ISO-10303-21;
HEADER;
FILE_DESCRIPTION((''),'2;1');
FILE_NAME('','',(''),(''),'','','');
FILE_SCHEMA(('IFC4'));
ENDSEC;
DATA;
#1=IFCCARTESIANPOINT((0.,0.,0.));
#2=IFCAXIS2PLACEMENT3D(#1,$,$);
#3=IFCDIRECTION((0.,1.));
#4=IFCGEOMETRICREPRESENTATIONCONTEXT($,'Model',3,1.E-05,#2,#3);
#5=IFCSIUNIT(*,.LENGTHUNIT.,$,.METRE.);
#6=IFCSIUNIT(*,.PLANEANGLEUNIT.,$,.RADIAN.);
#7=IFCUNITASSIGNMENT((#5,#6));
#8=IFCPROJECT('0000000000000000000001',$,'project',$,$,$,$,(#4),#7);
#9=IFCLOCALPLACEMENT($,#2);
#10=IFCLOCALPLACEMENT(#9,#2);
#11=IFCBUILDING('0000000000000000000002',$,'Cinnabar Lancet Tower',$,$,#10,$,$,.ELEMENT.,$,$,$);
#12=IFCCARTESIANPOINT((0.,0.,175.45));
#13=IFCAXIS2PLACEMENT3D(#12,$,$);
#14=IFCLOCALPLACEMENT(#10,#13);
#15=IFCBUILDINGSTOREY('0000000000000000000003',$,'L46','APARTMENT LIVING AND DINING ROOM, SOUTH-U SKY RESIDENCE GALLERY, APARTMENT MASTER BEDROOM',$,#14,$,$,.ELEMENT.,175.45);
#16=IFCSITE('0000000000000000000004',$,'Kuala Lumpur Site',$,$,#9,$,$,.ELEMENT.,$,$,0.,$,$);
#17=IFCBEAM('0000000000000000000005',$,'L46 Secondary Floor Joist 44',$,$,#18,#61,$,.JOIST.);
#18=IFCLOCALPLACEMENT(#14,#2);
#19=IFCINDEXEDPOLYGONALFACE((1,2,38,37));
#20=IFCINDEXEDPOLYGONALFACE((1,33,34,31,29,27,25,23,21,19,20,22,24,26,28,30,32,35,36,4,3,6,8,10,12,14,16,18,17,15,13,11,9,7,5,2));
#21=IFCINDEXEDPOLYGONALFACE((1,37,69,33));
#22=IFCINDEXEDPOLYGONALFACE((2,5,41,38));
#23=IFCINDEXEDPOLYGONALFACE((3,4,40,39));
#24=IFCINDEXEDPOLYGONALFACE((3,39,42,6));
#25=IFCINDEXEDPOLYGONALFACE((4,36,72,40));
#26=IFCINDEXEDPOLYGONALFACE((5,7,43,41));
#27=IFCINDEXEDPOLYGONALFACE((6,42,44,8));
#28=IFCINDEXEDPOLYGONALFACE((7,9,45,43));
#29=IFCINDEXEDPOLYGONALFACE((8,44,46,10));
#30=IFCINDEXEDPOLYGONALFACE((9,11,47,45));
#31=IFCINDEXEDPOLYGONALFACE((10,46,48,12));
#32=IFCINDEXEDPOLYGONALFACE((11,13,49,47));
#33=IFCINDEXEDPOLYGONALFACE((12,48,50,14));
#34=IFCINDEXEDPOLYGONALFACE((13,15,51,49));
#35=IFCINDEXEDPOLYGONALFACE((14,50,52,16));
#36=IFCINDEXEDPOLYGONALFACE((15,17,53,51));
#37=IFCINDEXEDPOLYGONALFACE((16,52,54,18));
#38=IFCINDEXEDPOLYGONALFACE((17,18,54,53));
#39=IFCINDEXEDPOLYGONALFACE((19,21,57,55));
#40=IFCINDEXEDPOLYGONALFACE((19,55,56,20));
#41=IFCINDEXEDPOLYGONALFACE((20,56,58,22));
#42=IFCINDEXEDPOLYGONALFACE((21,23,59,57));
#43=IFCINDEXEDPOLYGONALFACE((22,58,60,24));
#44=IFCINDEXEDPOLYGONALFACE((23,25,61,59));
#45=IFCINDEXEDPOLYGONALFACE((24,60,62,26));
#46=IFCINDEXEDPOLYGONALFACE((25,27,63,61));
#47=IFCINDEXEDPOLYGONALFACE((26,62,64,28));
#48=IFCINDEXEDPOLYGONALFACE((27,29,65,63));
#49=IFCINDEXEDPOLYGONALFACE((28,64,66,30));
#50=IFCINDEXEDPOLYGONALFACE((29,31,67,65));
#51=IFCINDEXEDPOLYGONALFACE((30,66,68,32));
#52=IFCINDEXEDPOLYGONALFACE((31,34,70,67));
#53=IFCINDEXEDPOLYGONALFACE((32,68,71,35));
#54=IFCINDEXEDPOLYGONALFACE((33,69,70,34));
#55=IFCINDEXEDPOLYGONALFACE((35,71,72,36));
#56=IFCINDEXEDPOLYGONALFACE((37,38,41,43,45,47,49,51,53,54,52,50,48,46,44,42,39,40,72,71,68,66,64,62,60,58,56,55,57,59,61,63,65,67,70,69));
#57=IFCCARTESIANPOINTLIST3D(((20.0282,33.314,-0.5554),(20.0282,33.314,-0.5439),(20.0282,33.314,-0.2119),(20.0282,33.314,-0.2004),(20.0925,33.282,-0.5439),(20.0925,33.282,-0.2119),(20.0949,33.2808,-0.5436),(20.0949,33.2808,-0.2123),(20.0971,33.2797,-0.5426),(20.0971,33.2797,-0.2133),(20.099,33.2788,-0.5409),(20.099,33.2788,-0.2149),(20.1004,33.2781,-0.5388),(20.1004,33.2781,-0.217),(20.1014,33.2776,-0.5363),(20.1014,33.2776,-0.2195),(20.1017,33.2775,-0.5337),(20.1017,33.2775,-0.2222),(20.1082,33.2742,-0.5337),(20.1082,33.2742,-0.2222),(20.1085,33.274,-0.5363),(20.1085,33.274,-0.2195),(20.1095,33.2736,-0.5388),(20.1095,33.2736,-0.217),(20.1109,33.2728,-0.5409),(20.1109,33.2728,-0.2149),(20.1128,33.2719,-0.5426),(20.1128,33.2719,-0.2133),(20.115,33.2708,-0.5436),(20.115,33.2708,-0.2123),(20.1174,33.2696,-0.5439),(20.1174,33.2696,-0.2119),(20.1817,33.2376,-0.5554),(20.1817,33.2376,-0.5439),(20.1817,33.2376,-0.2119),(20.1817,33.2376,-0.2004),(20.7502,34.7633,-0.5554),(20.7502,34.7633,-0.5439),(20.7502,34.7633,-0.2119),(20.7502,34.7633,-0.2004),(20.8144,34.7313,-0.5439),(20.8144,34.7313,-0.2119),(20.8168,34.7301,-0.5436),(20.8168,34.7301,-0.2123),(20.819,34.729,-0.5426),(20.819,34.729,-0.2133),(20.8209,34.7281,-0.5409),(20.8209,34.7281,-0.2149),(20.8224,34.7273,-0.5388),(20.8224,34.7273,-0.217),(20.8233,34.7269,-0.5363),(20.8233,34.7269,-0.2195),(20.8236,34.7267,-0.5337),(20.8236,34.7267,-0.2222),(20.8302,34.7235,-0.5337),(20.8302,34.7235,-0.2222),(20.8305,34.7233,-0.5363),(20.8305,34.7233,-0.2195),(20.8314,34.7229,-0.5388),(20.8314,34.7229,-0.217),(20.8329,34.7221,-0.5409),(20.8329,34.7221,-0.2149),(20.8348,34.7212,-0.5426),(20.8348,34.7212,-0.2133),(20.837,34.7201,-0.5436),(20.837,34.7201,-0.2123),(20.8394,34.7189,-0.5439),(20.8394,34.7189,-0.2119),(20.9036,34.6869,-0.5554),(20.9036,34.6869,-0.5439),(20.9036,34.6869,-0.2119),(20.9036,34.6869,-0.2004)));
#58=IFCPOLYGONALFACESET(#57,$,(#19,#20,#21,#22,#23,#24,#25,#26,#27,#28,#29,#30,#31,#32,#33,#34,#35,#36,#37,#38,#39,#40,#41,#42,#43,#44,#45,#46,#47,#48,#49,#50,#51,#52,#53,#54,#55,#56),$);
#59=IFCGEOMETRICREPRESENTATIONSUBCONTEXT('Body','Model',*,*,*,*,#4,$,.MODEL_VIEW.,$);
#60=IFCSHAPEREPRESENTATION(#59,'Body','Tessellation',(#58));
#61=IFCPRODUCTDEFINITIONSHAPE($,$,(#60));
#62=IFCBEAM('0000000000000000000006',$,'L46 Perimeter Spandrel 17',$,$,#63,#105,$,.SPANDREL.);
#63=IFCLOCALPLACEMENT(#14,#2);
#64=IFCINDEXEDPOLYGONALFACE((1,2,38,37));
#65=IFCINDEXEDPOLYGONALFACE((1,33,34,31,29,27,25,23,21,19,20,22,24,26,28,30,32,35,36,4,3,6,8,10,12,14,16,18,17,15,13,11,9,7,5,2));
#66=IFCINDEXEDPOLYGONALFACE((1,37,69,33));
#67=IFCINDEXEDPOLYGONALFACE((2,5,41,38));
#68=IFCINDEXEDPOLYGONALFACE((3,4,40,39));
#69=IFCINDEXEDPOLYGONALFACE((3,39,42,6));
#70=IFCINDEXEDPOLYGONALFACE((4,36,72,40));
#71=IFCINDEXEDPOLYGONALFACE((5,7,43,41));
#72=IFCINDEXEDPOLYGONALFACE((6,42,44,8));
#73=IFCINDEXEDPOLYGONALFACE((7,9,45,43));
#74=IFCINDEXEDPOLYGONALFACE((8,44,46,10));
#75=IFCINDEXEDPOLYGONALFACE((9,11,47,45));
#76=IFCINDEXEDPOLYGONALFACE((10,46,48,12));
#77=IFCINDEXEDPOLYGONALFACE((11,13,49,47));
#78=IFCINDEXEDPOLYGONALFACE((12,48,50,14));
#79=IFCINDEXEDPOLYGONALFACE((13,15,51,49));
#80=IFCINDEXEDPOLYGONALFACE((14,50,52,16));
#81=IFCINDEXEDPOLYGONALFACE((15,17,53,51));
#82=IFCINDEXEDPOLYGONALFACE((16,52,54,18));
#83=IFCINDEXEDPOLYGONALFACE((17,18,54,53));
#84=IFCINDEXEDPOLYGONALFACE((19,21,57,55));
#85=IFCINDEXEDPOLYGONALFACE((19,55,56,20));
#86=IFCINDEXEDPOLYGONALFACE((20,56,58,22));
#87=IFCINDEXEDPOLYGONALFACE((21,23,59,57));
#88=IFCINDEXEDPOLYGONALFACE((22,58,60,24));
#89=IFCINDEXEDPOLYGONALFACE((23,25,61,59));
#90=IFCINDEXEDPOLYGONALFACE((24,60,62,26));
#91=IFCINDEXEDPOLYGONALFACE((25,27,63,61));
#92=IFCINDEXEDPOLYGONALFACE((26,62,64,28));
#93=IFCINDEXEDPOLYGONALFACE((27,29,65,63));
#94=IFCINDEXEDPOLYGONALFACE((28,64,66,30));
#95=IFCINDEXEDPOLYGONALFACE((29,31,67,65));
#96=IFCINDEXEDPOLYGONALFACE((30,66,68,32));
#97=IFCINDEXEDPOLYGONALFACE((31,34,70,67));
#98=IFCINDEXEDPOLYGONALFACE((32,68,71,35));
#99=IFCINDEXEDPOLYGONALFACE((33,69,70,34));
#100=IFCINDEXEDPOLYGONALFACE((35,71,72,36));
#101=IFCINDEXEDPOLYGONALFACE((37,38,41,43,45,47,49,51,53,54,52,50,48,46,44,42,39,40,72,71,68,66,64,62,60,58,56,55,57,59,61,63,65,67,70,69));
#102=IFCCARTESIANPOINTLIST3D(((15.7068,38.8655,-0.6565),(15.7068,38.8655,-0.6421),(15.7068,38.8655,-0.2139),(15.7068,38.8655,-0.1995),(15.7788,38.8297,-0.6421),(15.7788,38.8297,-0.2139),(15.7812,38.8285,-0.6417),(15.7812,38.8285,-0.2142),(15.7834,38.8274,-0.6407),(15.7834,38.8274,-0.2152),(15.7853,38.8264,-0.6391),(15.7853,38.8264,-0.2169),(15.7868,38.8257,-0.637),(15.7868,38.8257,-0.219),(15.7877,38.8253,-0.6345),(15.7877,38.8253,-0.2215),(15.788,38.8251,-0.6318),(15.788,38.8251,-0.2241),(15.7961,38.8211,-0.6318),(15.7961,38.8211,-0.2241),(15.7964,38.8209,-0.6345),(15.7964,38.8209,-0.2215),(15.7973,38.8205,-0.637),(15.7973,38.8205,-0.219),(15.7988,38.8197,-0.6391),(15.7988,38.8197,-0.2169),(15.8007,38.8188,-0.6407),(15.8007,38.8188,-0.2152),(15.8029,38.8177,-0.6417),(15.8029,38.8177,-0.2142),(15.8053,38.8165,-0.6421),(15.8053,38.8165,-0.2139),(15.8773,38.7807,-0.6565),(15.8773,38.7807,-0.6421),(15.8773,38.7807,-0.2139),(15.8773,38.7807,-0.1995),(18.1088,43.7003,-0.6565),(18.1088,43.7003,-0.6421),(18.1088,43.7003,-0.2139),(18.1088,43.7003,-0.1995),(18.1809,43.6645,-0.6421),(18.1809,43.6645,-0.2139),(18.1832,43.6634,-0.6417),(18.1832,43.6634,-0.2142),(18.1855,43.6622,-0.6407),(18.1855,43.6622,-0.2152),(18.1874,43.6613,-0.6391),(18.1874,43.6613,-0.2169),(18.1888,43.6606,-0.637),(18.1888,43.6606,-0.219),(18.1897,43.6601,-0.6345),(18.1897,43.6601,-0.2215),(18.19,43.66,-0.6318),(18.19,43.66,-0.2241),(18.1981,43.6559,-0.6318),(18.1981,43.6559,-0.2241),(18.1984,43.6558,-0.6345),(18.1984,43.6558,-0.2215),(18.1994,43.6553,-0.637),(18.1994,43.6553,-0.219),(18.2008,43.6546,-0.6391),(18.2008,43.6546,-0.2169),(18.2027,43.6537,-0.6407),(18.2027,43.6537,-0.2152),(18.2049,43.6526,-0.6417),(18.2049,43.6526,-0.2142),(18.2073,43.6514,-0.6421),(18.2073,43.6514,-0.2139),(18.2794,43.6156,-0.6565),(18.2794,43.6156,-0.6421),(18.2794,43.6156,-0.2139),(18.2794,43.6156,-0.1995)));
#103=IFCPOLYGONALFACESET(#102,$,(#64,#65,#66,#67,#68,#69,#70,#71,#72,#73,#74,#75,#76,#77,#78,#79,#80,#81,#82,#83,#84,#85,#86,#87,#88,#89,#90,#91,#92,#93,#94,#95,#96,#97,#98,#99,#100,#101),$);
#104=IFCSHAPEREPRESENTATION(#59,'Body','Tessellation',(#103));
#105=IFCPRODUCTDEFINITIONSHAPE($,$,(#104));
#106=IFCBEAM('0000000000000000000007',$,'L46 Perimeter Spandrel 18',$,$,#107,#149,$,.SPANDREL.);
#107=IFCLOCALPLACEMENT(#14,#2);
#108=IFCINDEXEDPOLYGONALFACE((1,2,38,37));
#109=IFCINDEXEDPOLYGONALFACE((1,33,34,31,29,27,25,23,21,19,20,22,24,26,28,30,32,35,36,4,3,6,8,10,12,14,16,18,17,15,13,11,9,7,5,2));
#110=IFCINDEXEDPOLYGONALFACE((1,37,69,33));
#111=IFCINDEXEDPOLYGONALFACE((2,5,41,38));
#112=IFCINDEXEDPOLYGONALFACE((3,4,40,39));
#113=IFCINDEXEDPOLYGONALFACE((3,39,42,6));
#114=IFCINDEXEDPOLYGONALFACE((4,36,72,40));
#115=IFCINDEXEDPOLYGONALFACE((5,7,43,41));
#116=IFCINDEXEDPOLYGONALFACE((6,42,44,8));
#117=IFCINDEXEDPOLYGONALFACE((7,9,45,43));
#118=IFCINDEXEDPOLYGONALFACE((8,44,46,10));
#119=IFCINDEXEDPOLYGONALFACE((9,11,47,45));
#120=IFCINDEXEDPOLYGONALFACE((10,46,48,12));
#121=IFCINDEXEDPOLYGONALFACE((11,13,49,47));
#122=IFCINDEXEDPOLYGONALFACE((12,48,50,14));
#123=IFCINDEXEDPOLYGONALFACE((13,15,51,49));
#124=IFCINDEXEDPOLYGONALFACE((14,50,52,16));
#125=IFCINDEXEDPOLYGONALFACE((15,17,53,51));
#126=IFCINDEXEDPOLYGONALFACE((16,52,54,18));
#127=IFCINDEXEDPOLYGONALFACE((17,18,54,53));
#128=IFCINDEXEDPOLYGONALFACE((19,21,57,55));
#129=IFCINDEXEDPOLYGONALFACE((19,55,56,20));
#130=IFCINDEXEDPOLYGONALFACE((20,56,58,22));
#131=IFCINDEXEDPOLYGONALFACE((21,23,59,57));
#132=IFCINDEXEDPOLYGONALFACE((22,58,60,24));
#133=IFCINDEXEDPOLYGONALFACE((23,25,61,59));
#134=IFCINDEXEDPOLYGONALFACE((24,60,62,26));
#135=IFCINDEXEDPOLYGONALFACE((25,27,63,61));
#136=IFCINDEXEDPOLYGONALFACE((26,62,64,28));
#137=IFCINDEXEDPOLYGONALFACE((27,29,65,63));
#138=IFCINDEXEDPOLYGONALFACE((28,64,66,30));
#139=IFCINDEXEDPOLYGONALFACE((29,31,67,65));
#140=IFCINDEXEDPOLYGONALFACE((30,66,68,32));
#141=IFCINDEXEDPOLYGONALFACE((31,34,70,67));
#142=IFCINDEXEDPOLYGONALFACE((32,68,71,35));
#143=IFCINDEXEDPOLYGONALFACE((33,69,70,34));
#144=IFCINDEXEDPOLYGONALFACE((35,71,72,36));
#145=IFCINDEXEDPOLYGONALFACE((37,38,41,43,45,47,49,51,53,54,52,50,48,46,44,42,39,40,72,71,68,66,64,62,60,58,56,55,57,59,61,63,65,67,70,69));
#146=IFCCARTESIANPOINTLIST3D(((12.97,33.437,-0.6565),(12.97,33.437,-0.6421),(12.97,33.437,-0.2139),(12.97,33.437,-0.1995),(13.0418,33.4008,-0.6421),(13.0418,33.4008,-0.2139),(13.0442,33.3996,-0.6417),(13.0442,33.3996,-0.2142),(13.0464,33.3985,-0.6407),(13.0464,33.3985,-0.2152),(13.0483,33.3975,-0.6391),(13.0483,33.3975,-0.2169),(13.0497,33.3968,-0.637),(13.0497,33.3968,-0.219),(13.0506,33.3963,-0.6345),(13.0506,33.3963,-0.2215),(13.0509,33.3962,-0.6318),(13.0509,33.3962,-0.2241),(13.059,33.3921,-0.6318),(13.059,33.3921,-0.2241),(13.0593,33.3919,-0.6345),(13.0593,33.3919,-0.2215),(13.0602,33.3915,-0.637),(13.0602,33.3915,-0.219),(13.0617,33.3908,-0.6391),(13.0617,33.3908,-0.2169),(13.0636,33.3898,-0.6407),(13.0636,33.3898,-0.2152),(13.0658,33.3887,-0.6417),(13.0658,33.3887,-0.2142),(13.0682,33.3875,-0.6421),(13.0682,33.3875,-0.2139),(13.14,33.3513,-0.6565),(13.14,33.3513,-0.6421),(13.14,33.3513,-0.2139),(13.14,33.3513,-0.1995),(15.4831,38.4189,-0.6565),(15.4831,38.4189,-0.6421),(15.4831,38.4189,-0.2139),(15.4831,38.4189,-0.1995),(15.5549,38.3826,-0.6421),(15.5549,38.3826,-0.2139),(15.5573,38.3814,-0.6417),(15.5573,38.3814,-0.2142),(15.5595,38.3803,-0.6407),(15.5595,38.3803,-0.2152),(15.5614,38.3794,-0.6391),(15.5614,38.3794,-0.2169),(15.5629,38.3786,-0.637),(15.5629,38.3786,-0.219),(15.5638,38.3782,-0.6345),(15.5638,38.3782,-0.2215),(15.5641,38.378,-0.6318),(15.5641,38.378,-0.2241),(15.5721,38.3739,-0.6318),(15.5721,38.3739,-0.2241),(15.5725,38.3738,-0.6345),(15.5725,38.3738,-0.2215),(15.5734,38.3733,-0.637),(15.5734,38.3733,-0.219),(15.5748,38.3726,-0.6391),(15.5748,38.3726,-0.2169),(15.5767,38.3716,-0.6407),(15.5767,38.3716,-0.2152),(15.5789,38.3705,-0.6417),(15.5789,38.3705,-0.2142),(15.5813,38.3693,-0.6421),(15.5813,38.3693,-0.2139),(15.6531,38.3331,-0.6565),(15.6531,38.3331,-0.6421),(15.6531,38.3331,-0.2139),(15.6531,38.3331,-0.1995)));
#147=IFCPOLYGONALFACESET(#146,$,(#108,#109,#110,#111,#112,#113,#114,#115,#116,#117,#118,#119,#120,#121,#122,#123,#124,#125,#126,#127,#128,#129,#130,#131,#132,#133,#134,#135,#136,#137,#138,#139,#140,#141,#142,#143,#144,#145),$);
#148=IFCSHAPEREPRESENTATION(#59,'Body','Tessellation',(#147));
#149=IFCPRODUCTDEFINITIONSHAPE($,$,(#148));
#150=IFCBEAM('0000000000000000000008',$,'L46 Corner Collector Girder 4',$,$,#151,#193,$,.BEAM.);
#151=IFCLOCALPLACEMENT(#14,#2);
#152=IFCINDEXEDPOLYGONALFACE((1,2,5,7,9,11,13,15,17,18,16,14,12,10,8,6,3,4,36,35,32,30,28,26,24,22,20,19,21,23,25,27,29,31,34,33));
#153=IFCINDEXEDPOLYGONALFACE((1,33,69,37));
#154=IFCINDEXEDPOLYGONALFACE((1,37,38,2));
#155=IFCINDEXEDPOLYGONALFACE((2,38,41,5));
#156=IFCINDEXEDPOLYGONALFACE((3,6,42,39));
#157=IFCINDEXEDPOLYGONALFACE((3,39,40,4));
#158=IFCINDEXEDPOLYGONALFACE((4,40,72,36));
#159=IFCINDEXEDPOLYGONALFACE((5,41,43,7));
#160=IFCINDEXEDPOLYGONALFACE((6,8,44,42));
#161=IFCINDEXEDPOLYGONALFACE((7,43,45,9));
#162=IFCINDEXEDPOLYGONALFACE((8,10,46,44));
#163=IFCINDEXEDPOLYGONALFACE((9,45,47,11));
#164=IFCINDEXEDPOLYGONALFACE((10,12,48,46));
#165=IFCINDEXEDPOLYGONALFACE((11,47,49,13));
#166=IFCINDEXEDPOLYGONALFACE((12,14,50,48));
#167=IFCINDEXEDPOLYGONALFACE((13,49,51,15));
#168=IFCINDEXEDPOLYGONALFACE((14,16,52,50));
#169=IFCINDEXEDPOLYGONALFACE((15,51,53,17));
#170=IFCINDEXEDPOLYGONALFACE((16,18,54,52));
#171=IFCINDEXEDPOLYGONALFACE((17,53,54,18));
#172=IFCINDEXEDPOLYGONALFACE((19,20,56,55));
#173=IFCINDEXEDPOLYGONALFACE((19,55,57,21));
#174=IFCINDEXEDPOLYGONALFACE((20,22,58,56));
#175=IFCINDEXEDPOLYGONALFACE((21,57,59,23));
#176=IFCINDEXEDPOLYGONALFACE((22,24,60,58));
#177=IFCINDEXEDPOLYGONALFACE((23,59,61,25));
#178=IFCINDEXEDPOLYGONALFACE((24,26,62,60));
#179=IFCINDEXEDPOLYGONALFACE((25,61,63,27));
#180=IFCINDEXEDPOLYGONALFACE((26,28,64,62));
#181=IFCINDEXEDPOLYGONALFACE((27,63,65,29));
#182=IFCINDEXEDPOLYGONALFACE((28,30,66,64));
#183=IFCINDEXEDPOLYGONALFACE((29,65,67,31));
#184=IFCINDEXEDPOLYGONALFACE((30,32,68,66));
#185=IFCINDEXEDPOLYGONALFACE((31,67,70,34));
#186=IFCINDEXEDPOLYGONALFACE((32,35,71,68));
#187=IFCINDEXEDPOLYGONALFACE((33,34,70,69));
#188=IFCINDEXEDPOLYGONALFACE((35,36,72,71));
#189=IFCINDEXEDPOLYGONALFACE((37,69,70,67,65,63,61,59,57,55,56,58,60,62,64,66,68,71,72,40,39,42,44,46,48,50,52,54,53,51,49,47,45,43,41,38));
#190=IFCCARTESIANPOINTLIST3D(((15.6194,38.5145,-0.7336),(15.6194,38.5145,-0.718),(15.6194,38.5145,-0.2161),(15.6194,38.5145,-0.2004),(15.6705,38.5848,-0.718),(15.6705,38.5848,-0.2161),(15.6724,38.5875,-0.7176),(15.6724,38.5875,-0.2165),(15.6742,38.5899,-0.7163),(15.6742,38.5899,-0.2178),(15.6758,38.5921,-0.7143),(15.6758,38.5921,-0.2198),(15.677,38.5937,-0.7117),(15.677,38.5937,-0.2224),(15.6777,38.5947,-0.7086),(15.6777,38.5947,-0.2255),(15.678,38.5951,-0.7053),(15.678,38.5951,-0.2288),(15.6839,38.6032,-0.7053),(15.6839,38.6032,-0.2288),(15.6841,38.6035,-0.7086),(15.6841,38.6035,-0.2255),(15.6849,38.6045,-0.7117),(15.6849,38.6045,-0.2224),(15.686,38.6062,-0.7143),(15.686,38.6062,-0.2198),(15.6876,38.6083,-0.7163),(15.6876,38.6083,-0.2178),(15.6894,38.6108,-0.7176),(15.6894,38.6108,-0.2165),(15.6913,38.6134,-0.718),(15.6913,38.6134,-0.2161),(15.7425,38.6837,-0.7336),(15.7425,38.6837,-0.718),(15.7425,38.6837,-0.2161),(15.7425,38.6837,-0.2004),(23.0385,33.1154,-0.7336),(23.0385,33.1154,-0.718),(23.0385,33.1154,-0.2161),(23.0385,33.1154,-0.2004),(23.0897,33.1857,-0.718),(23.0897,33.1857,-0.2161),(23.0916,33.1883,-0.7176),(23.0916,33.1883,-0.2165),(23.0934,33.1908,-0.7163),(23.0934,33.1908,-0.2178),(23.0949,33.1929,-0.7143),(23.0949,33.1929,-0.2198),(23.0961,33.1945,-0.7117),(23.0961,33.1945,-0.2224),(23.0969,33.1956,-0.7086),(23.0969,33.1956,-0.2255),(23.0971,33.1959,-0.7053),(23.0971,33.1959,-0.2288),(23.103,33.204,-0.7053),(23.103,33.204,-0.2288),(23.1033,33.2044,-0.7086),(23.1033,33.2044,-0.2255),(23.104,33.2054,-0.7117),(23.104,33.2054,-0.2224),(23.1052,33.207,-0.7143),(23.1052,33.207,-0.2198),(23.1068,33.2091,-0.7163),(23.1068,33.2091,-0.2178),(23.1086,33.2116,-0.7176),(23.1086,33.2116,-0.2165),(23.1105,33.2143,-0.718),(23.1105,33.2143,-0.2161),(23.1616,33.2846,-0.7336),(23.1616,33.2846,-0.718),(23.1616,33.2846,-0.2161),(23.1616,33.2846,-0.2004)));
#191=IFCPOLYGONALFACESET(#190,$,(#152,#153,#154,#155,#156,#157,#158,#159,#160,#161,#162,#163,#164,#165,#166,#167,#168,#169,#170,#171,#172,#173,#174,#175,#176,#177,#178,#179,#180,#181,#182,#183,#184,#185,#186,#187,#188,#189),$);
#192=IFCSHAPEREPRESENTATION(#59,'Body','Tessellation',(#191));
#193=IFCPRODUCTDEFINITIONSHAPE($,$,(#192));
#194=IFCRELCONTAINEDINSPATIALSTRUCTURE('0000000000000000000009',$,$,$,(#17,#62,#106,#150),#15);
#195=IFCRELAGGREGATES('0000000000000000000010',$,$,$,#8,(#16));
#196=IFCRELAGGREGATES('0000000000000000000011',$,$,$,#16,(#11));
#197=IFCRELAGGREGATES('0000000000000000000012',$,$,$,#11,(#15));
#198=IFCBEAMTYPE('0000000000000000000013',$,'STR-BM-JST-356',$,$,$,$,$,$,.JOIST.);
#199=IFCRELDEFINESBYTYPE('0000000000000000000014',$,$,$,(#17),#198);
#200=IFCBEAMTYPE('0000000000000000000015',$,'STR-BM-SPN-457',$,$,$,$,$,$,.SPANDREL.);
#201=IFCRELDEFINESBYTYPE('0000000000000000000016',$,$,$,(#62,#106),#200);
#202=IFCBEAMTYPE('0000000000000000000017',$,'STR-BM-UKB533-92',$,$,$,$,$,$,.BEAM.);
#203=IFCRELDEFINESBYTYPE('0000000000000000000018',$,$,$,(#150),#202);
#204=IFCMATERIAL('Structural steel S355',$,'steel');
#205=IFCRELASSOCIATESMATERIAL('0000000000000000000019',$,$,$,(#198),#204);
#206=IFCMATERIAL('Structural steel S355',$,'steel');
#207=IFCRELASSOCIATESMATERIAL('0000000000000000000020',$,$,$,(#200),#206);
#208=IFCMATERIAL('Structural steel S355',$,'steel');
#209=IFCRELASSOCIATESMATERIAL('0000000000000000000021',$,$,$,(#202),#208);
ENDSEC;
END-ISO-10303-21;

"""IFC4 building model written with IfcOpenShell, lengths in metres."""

from ifc_helpers import new_model, si_unit, direction, frame, origin, origin_2d, place, context, subcontext, project, spatial, i_section, extrude, material, material_profile, profile_set, type_object, element, save


model = new_model("IFC4")

# Units and contexts
model_context = context("Model", 3, precision=1e-05, world=origin(), true_north=direction((0.0, 1.0)))
body_context = subcontext(model_context, "Body", "Model", "MODEL_VIEW")
ifc_project = project(units=[si_unit("LENGTHUNIT", "METRE"), si_unit("PLANEANGLEUNIT", "RADIAN")], contexts=[model_context])

# Site, building, storey
site_placement = place(None, origin())
site = spatial("IfcSite", under=ifc_project, at=site_placement, Name="Kuala Lumpur Site", CompositionType="ELEMENT", RefElevation=0.0)
building_placement = place(site_placement, origin())
building = spatial("IfcBuilding", under=site, at=building_placement, Name="Cinnabar Lancet Tower", CompositionType="ELEMENT")
storey_placement = place(building_placement, frame((0.0, 0.0, 175.45)))
storey = spatial("IfcBuildingStorey", under=building, at=storey_placement, Name="L46", Description="APARTMENT LIVING AND DINING ROOM, SOUTH-U SKY RESIDENCE GALLERY, APARTMENT MASTER BEDROOM", CompositionType="ELEMENT", Elevation=175.45)

# Beams
ifc_material_1 = material(Name="Structural steel S355", Category="steel")
ifc_material_profile_1 = material_profile(ifc_material_1, i_section(OverallWidth=0.1714, OverallDepth=0.355, WebThickness=0.0073, FlangeThickness=0.0115, FilletRadius=0.0103, at=origin_2d()), Name="UKB 356x171x51")
ifc_profile_set_1 = profile_set([ifc_material_profile_1], Name="Structural steel S355")
beam_type_1 = type_object("IfcBeamType", Name="STR-BM-JST-356", PredefinedType="JOIST", material=ifc_profile_set_1)
beam_1_placement = place(storey_placement, frame((20.8269, 34.7251, -0.3779), z_axis=(-0.445886, -0.89509, 0.0), x_axis=(0.89509, -0.445886, 0.0)))
element("IfcBeam", 1, at=beam_1_placement, inside=storey, type_object=beam_type_1, Name="L46 Secondary Floor Joist 44", PredefinedType="JOIST", context=body_context, shape_type="SweptSolid", body=[
    extrude(i_section(OverallWidth=0.1714, OverallDepth=0.355, WebThickness=0.0073, FlangeThickness=0.0115, FilletRadius=0.0103, at=origin_2d()), origin(), (0.0, 0.0, 1.0), 1.6191),
])
ifc_material_2 = material(Name="Structural steel S355", Category="steel")
ifc_material_profile_2 = material_profile(ifc_material_2, i_section(OverallWidth=0.1904, OverallDepth=0.457, WebThickness=0.009, FlangeThickness=0.0144, FilletRadius=0.0103, at=origin_2d()), Name="UKB 457x191x74")
ifc_profile_set_2 = profile_set([ifc_material_profile_2], Name="Structural steel S355")
beam_type_2 = type_object("IfcBeamType", Name="STR-BM-SPN-457", PredefinedType="SPANDREL", material=ifc_profile_set_2)
beam_2_placement = place(storey_placement, frame((18.1941, 43.658, -0.428), z_axis=(-0.444933, -0.895564, 0.0), x_axis=(0.895564, -0.444933, 0.0)))
element("IfcBeam", 2, at=beam_2_placement, inside=storey, type_object=beam_type_2, Name="L46 Perimeter Spandrel 17", PredefinedType="SPANDREL", context=body_context, shape_type="SweptSolid", body=[
    extrude(i_section(OverallWidth=0.1904, OverallDepth=0.457, WebThickness=0.009, FlangeThickness=0.0144, FilletRadius=0.0103, at=origin_2d()), origin(), (0.0, 0.0, 1.0), 5.3987),
])
beam_3_placement = place(storey_placement, frame((15.5681, 38.376, -0.428), z_axis=(-0.450396, -0.892829, 0.0), x_axis=(0.892829, -0.450396, 0.0)))
element("IfcBeam", 3, at=beam_3_placement, inside=storey, type_object=beam_type_2, Name="L46 Perimeter Spandrel 18", PredefinedType="SPANDREL", context=body_context, shape_type="SweptSolid", body=[
    extrude(i_section(OverallWidth=0.1904, OverallDepth=0.457, WebThickness=0.009, FlangeThickness=0.0144, FilletRadius=0.0103, at=origin_2d()), origin(), (0.0, 0.0, 1.0), 5.5798),
])
ifc_material_3 = material(Name="Structural steel S355", Category="steel")
ifc_material_profile_3 = material_profile(ifc_material_3, i_section(OverallWidth=0.2092, OverallDepth=0.5332, WebThickness=0.01, FlangeThickness=0.0156, FilletRadius=0.0127, at=origin_2d()), Name="UKB 533x210x92")
ifc_profile_set_3 = profile_set([ifc_material_profile_3], Name="Structural steel S355")
beam_type_3 = type_object("IfcBeamType", Name="STR-BM-UKB533-92", PredefinedType="BEAM", material=ifc_profile_set_3)
beam_4_placement = place(storey_placement, frame((15.6809, 38.5991, -0.467), z_axis=(0.80856, -0.588414, 0.0), x_axis=(0.588414, 0.80856, 0.0)))
element("IfcBeam", 4, at=beam_4_placement, inside=storey, type_object=beam_type_3, Name="L46 Corner Collector Girder 4", PredefinedType="BEAM", context=body_context, shape_type="SweptSolid", body=[
    extrude(i_section(OverallWidth=0.2092, OverallDepth=0.5332, WebThickness=0.01, FlangeThickness=0.0156, FilletRadius=0.0127, at=origin_2d()), origin(), (0.0, 0.0, 1.0), 9.1758),
])

save(model, "model.ifc")
